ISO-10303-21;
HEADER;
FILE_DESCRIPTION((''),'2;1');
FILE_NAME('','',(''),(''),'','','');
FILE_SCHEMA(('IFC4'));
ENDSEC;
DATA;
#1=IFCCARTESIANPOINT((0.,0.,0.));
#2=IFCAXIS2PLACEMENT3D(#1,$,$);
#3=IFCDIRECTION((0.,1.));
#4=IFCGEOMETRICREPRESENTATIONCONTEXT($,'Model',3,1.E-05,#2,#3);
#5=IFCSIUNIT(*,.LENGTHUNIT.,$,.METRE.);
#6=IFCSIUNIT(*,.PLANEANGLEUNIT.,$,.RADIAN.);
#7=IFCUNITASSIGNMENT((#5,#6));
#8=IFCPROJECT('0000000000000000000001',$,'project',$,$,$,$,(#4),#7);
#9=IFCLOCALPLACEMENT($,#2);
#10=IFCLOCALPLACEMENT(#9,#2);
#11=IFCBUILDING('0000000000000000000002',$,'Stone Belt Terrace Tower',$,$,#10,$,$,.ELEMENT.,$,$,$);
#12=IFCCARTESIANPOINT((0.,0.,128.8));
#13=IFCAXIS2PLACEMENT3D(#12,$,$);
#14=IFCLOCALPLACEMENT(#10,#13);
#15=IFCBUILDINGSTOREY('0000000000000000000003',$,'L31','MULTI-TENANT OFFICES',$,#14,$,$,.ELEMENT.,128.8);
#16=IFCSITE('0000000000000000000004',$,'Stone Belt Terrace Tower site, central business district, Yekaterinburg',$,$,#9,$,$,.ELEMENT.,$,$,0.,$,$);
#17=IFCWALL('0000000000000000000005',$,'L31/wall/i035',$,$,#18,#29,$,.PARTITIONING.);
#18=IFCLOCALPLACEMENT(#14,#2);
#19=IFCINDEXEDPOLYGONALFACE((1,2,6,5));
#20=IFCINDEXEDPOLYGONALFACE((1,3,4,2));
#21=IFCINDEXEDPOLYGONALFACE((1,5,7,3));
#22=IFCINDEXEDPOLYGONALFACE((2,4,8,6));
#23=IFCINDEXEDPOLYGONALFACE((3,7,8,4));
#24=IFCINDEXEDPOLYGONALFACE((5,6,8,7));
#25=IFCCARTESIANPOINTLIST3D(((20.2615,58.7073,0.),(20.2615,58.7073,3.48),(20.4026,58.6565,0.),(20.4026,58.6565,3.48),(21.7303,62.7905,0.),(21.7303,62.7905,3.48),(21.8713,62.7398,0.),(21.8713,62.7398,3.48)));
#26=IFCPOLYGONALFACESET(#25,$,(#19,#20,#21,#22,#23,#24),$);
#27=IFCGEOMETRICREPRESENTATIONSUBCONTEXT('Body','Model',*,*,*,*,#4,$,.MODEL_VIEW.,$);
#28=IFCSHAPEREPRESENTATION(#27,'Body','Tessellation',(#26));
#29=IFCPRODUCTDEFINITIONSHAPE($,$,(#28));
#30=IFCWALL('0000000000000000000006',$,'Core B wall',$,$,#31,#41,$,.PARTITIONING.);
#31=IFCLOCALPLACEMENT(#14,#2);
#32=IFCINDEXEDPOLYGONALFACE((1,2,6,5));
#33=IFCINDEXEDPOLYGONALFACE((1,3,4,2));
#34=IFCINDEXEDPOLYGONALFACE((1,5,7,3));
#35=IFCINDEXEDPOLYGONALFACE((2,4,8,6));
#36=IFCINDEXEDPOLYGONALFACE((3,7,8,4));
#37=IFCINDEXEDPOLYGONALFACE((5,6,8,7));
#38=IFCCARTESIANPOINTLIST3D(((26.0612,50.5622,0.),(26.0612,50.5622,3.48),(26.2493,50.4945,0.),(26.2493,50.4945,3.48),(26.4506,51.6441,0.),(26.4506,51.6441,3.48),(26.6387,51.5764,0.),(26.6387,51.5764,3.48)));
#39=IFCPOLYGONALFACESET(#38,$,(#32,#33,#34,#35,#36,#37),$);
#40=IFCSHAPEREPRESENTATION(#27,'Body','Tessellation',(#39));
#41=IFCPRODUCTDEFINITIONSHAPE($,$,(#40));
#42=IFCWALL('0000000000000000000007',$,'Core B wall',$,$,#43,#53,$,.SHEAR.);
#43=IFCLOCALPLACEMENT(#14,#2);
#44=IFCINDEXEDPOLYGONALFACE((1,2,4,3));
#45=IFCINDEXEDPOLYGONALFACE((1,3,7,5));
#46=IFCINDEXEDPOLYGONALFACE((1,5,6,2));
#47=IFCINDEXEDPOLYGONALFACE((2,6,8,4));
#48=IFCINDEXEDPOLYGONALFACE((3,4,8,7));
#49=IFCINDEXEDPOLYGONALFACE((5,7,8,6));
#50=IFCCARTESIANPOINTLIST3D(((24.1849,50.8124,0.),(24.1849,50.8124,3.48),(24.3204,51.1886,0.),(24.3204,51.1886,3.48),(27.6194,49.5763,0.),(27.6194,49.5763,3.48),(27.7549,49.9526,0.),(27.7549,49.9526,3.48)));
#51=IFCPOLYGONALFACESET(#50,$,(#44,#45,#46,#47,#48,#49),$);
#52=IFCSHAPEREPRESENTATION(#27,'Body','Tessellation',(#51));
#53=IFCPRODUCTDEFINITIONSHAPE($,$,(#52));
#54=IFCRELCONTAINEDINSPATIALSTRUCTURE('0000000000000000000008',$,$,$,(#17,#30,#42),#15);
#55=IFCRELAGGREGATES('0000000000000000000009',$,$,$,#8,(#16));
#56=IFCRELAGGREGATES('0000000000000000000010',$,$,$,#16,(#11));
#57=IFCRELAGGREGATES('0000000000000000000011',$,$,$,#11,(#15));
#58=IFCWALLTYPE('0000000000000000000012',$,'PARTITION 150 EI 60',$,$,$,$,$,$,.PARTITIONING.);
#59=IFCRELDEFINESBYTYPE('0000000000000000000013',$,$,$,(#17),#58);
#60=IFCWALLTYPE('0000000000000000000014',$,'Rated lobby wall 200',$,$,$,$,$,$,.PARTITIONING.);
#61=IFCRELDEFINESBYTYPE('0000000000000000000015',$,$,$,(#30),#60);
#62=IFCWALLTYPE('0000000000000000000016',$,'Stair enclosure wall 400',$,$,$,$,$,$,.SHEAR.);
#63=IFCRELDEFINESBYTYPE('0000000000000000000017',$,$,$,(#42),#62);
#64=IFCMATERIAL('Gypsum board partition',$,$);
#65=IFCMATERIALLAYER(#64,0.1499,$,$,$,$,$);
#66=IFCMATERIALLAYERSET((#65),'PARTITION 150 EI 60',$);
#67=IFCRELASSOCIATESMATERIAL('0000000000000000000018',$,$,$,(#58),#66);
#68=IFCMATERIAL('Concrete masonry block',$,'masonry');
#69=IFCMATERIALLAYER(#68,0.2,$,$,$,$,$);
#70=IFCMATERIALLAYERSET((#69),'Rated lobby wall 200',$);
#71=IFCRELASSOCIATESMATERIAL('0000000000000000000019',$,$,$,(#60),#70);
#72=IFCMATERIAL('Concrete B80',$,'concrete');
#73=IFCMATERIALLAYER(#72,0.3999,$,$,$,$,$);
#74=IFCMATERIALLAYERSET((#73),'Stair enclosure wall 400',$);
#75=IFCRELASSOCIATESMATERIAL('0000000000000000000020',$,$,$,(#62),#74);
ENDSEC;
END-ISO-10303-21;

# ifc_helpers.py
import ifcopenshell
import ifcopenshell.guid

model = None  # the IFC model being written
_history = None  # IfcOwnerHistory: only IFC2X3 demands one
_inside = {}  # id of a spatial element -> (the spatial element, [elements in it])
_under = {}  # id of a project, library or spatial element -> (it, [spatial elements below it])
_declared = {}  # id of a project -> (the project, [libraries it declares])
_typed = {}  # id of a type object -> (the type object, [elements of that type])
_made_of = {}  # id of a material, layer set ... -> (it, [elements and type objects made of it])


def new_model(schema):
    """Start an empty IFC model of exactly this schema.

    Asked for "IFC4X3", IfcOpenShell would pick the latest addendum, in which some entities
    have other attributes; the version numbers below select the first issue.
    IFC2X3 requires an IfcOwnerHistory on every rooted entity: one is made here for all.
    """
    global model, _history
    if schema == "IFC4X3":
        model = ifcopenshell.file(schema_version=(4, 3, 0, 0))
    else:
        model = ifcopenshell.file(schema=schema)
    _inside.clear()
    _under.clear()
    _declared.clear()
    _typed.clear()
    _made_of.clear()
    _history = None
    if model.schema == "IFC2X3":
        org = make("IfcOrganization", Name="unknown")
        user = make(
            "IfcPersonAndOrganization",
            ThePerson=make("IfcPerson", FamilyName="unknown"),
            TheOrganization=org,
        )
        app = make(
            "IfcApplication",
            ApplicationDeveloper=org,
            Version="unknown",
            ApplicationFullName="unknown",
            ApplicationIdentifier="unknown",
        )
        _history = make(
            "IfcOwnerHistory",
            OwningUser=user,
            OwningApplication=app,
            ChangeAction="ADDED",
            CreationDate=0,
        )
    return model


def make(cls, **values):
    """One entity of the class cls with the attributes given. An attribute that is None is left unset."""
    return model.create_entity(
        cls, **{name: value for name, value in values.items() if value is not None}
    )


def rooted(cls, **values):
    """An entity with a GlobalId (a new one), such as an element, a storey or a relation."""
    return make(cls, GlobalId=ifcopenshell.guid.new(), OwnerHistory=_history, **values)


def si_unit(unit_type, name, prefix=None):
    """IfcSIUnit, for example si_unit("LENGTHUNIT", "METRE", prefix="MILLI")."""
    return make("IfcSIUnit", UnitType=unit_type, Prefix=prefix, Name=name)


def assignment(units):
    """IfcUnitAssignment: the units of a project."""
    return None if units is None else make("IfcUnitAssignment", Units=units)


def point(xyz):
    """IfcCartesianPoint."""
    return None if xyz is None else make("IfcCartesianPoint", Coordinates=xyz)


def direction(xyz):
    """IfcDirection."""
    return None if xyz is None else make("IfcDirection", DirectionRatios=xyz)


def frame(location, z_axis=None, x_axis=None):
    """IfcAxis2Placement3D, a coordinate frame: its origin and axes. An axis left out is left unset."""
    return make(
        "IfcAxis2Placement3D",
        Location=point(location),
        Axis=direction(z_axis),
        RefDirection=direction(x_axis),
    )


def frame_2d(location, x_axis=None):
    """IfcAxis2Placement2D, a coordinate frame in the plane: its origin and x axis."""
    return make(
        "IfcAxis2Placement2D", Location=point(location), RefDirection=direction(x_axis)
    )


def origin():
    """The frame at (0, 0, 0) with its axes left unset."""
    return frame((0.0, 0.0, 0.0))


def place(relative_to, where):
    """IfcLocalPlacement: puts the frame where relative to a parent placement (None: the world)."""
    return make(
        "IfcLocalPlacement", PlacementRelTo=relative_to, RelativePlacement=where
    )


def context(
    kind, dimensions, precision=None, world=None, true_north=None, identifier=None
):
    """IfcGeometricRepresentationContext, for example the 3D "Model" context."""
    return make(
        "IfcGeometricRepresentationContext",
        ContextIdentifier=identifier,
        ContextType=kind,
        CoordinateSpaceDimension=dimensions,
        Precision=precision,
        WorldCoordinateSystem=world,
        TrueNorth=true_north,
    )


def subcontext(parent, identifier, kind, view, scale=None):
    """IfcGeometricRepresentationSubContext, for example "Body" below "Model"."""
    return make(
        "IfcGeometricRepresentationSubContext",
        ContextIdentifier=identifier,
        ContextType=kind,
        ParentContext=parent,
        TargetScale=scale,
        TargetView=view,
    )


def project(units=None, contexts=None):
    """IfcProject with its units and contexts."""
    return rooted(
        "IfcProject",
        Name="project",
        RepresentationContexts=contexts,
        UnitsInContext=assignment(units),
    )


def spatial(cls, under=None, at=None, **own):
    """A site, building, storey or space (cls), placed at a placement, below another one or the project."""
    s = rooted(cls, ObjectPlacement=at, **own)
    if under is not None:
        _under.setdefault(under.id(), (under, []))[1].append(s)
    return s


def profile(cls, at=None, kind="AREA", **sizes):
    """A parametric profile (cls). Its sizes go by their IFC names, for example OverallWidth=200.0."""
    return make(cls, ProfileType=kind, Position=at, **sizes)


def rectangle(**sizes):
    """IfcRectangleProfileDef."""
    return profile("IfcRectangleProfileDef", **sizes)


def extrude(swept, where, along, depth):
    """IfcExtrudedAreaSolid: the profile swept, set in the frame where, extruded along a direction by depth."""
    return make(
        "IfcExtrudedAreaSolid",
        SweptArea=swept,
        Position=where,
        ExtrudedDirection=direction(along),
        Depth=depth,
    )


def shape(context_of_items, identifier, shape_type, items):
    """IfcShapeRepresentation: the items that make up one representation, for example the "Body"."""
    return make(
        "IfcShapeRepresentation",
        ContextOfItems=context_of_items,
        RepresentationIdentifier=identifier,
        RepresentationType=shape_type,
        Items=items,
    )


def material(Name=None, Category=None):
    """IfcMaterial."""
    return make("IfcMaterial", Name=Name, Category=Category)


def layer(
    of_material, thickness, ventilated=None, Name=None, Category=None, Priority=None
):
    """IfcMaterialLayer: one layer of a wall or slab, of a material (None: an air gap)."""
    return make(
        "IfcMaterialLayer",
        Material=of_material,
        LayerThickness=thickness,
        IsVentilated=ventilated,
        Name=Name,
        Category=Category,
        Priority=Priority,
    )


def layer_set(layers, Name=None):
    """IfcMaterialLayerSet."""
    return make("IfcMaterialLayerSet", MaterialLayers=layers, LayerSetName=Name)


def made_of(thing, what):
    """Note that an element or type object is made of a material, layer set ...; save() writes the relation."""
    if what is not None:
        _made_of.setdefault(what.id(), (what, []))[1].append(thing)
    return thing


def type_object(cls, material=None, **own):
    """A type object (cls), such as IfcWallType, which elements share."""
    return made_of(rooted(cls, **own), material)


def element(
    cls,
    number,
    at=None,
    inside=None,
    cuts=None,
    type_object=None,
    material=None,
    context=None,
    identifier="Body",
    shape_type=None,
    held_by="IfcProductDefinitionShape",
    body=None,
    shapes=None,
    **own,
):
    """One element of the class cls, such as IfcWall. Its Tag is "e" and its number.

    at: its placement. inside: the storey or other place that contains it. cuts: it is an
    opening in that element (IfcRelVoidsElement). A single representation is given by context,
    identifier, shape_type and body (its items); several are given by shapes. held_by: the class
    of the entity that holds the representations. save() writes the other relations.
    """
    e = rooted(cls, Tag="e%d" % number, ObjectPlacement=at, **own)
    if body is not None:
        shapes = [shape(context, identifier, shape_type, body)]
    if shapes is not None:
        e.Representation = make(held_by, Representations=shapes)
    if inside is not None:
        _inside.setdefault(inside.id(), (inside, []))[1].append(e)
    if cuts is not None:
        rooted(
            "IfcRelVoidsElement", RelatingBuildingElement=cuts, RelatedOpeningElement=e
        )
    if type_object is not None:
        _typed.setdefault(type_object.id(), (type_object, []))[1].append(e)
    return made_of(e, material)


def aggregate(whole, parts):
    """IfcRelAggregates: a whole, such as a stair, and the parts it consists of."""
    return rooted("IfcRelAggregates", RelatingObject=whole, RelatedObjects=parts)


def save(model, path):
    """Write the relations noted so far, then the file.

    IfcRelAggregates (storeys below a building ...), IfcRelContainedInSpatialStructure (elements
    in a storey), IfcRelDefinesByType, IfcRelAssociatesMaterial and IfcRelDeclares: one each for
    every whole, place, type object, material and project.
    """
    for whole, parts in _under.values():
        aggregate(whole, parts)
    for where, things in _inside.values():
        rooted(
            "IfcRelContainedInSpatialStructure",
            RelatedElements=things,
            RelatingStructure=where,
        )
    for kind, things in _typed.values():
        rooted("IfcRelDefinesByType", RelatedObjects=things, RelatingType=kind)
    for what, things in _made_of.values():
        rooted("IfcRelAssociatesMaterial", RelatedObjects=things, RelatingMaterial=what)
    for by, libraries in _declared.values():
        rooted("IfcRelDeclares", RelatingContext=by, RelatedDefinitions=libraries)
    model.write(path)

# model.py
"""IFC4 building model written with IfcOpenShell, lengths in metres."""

from ifc_helpers import new_model, si_unit, direction, frame, frame_2d, origin, place, context, subcontext, project, spatial, rectangle, extrude, material, layer, layer_set, type_object, element, save


model = new_model("IFC4")

# Units and contexts
model_context = context("Model", 3, precision=1e-05, world=origin(), true_north=direction((0.0, 1.0)))
body_context = subcontext(model_context, "Body", "Model", "MODEL_VIEW")
ifc_project = project(units=[si_unit("LENGTHUNIT", "METRE"), si_unit("PLANEANGLEUNIT", "RADIAN")], contexts=[model_context])

# Site, building, storey
site_placement = place(None, origin())
site = spatial("IfcSite", under=ifc_project, at=site_placement, Name="Stone Belt Terrace Tower site, central business district, Yekaterinburg", CompositionType="ELEMENT", RefElevation=0.0)
building_placement = place(site_placement, origin())
building = spatial("IfcBuilding", under=site, at=building_placement, Name="Stone Belt Terrace Tower", CompositionType="ELEMENT")
storey_placement = place(building_placement, frame((0.0, 0.0, 128.8)))
storey = spatial("IfcBuildingStorey", under=building, at=storey_placement, Name="L31", Description="MULTI-TENANT OFFICES", CompositionType="ELEMENT", Elevation=128.8)

# Shared definitions
ifc_material_1 = material(Name="Concrete B80", Category="concrete")

# Walls
ifc_material_2 = material(Name="Gypsum board partition")
ifc_layer_1 = layer(ifc_material_2, 0.1499)
ifc_layer_set_1 = layer_set([ifc_layer_1], Name="PARTITION 150 EI 60")
wall_type_1 = type_object("IfcWallType", Name="PARTITION 150 EI 60", PredefinedType="PARTITIONING", material=ifc_layer_set_1)
wall_1_placement = place(storey_placement, frame((21.8008, 62.7651, 0.0), z_axis=(0.0, 0.0, 1.0), x_axis=(-0.33847, -0.940977, 0.0)))
element("IfcWall", 1, at=wall_1_placement, inside=storey, type_object=wall_type_1, Name="L31/wall/i035", PredefinedType="PARTITIONING", context=body_context, shape_type="SweptSolid", body=[
    extrude(rectangle(XDim=4.3394, YDim=0.1499, at=frame_2d((2.1697, 0.0))), origin(), (0.0, 0.0, 1.0), 3.48),
])
ifc_material_3 = material(Name="Concrete masonry block", Category="masonry")
ifc_layer_2 = layer(ifc_material_3, 0.2)
ifc_layer_set_2 = layer_set([ifc_layer_2], Name="Rated lobby wall 200")
wall_type_2 = type_object("IfcWallType", Name="Rated lobby wall 200", PredefinedType="PARTITIONING", material=ifc_layer_set_2)
wall_2_placement = place(storey_placement, frame((26.1553, 50.5283, 0.0), z_axis=(0.0, 0.0, 1.0), x_axis=(0.338622, 0.940923, 0.0)))
element("IfcWall", 2, at=wall_2_placement, inside=storey, type_object=wall_type_2, Name="Core B wall", PredefinedType="PARTITIONING", context=body_context, shape_type="SweptSolid", body=[
    extrude(rectangle(XDim=1.1499, YDim=0.2, at=frame_2d((0.575, 0.0))), origin(), (0.0, 0.0, 1.0), 3.48),
])
ifc_layer_3 = layer(ifc_material_1, 0.3999)
ifc_layer_set_3 = layer_set([ifc_layer_3], Name="Stair enclosure wall 400")
wall_type_3 = type_object("IfcWallType", Name="Stair enclosure wall 400", PredefinedType="SHEAR", material=ifc_layer_set_3)
wall_3_placement = place(storey_placement, frame((27.6873, 49.7644, 0.0), z_axis=(0.0, 0.0, 1.0), x_axis=(-0.940919, 0.338632, 0.0)))
element("IfcWall", 3, at=wall_3_placement, inside=storey, type_object=wall_type_3, Name="Core B wall", PredefinedType="SHEAR", context=body_context, shape_type="SweptSolid", body=[
    extrude(rectangle(XDim=3.6501, YDim=0.3999, at=frame_2d((1.8252, 0.0))), origin(), (0.0, 0.0, 1.0), 3.48),
])

save(model, "model.ifc")
